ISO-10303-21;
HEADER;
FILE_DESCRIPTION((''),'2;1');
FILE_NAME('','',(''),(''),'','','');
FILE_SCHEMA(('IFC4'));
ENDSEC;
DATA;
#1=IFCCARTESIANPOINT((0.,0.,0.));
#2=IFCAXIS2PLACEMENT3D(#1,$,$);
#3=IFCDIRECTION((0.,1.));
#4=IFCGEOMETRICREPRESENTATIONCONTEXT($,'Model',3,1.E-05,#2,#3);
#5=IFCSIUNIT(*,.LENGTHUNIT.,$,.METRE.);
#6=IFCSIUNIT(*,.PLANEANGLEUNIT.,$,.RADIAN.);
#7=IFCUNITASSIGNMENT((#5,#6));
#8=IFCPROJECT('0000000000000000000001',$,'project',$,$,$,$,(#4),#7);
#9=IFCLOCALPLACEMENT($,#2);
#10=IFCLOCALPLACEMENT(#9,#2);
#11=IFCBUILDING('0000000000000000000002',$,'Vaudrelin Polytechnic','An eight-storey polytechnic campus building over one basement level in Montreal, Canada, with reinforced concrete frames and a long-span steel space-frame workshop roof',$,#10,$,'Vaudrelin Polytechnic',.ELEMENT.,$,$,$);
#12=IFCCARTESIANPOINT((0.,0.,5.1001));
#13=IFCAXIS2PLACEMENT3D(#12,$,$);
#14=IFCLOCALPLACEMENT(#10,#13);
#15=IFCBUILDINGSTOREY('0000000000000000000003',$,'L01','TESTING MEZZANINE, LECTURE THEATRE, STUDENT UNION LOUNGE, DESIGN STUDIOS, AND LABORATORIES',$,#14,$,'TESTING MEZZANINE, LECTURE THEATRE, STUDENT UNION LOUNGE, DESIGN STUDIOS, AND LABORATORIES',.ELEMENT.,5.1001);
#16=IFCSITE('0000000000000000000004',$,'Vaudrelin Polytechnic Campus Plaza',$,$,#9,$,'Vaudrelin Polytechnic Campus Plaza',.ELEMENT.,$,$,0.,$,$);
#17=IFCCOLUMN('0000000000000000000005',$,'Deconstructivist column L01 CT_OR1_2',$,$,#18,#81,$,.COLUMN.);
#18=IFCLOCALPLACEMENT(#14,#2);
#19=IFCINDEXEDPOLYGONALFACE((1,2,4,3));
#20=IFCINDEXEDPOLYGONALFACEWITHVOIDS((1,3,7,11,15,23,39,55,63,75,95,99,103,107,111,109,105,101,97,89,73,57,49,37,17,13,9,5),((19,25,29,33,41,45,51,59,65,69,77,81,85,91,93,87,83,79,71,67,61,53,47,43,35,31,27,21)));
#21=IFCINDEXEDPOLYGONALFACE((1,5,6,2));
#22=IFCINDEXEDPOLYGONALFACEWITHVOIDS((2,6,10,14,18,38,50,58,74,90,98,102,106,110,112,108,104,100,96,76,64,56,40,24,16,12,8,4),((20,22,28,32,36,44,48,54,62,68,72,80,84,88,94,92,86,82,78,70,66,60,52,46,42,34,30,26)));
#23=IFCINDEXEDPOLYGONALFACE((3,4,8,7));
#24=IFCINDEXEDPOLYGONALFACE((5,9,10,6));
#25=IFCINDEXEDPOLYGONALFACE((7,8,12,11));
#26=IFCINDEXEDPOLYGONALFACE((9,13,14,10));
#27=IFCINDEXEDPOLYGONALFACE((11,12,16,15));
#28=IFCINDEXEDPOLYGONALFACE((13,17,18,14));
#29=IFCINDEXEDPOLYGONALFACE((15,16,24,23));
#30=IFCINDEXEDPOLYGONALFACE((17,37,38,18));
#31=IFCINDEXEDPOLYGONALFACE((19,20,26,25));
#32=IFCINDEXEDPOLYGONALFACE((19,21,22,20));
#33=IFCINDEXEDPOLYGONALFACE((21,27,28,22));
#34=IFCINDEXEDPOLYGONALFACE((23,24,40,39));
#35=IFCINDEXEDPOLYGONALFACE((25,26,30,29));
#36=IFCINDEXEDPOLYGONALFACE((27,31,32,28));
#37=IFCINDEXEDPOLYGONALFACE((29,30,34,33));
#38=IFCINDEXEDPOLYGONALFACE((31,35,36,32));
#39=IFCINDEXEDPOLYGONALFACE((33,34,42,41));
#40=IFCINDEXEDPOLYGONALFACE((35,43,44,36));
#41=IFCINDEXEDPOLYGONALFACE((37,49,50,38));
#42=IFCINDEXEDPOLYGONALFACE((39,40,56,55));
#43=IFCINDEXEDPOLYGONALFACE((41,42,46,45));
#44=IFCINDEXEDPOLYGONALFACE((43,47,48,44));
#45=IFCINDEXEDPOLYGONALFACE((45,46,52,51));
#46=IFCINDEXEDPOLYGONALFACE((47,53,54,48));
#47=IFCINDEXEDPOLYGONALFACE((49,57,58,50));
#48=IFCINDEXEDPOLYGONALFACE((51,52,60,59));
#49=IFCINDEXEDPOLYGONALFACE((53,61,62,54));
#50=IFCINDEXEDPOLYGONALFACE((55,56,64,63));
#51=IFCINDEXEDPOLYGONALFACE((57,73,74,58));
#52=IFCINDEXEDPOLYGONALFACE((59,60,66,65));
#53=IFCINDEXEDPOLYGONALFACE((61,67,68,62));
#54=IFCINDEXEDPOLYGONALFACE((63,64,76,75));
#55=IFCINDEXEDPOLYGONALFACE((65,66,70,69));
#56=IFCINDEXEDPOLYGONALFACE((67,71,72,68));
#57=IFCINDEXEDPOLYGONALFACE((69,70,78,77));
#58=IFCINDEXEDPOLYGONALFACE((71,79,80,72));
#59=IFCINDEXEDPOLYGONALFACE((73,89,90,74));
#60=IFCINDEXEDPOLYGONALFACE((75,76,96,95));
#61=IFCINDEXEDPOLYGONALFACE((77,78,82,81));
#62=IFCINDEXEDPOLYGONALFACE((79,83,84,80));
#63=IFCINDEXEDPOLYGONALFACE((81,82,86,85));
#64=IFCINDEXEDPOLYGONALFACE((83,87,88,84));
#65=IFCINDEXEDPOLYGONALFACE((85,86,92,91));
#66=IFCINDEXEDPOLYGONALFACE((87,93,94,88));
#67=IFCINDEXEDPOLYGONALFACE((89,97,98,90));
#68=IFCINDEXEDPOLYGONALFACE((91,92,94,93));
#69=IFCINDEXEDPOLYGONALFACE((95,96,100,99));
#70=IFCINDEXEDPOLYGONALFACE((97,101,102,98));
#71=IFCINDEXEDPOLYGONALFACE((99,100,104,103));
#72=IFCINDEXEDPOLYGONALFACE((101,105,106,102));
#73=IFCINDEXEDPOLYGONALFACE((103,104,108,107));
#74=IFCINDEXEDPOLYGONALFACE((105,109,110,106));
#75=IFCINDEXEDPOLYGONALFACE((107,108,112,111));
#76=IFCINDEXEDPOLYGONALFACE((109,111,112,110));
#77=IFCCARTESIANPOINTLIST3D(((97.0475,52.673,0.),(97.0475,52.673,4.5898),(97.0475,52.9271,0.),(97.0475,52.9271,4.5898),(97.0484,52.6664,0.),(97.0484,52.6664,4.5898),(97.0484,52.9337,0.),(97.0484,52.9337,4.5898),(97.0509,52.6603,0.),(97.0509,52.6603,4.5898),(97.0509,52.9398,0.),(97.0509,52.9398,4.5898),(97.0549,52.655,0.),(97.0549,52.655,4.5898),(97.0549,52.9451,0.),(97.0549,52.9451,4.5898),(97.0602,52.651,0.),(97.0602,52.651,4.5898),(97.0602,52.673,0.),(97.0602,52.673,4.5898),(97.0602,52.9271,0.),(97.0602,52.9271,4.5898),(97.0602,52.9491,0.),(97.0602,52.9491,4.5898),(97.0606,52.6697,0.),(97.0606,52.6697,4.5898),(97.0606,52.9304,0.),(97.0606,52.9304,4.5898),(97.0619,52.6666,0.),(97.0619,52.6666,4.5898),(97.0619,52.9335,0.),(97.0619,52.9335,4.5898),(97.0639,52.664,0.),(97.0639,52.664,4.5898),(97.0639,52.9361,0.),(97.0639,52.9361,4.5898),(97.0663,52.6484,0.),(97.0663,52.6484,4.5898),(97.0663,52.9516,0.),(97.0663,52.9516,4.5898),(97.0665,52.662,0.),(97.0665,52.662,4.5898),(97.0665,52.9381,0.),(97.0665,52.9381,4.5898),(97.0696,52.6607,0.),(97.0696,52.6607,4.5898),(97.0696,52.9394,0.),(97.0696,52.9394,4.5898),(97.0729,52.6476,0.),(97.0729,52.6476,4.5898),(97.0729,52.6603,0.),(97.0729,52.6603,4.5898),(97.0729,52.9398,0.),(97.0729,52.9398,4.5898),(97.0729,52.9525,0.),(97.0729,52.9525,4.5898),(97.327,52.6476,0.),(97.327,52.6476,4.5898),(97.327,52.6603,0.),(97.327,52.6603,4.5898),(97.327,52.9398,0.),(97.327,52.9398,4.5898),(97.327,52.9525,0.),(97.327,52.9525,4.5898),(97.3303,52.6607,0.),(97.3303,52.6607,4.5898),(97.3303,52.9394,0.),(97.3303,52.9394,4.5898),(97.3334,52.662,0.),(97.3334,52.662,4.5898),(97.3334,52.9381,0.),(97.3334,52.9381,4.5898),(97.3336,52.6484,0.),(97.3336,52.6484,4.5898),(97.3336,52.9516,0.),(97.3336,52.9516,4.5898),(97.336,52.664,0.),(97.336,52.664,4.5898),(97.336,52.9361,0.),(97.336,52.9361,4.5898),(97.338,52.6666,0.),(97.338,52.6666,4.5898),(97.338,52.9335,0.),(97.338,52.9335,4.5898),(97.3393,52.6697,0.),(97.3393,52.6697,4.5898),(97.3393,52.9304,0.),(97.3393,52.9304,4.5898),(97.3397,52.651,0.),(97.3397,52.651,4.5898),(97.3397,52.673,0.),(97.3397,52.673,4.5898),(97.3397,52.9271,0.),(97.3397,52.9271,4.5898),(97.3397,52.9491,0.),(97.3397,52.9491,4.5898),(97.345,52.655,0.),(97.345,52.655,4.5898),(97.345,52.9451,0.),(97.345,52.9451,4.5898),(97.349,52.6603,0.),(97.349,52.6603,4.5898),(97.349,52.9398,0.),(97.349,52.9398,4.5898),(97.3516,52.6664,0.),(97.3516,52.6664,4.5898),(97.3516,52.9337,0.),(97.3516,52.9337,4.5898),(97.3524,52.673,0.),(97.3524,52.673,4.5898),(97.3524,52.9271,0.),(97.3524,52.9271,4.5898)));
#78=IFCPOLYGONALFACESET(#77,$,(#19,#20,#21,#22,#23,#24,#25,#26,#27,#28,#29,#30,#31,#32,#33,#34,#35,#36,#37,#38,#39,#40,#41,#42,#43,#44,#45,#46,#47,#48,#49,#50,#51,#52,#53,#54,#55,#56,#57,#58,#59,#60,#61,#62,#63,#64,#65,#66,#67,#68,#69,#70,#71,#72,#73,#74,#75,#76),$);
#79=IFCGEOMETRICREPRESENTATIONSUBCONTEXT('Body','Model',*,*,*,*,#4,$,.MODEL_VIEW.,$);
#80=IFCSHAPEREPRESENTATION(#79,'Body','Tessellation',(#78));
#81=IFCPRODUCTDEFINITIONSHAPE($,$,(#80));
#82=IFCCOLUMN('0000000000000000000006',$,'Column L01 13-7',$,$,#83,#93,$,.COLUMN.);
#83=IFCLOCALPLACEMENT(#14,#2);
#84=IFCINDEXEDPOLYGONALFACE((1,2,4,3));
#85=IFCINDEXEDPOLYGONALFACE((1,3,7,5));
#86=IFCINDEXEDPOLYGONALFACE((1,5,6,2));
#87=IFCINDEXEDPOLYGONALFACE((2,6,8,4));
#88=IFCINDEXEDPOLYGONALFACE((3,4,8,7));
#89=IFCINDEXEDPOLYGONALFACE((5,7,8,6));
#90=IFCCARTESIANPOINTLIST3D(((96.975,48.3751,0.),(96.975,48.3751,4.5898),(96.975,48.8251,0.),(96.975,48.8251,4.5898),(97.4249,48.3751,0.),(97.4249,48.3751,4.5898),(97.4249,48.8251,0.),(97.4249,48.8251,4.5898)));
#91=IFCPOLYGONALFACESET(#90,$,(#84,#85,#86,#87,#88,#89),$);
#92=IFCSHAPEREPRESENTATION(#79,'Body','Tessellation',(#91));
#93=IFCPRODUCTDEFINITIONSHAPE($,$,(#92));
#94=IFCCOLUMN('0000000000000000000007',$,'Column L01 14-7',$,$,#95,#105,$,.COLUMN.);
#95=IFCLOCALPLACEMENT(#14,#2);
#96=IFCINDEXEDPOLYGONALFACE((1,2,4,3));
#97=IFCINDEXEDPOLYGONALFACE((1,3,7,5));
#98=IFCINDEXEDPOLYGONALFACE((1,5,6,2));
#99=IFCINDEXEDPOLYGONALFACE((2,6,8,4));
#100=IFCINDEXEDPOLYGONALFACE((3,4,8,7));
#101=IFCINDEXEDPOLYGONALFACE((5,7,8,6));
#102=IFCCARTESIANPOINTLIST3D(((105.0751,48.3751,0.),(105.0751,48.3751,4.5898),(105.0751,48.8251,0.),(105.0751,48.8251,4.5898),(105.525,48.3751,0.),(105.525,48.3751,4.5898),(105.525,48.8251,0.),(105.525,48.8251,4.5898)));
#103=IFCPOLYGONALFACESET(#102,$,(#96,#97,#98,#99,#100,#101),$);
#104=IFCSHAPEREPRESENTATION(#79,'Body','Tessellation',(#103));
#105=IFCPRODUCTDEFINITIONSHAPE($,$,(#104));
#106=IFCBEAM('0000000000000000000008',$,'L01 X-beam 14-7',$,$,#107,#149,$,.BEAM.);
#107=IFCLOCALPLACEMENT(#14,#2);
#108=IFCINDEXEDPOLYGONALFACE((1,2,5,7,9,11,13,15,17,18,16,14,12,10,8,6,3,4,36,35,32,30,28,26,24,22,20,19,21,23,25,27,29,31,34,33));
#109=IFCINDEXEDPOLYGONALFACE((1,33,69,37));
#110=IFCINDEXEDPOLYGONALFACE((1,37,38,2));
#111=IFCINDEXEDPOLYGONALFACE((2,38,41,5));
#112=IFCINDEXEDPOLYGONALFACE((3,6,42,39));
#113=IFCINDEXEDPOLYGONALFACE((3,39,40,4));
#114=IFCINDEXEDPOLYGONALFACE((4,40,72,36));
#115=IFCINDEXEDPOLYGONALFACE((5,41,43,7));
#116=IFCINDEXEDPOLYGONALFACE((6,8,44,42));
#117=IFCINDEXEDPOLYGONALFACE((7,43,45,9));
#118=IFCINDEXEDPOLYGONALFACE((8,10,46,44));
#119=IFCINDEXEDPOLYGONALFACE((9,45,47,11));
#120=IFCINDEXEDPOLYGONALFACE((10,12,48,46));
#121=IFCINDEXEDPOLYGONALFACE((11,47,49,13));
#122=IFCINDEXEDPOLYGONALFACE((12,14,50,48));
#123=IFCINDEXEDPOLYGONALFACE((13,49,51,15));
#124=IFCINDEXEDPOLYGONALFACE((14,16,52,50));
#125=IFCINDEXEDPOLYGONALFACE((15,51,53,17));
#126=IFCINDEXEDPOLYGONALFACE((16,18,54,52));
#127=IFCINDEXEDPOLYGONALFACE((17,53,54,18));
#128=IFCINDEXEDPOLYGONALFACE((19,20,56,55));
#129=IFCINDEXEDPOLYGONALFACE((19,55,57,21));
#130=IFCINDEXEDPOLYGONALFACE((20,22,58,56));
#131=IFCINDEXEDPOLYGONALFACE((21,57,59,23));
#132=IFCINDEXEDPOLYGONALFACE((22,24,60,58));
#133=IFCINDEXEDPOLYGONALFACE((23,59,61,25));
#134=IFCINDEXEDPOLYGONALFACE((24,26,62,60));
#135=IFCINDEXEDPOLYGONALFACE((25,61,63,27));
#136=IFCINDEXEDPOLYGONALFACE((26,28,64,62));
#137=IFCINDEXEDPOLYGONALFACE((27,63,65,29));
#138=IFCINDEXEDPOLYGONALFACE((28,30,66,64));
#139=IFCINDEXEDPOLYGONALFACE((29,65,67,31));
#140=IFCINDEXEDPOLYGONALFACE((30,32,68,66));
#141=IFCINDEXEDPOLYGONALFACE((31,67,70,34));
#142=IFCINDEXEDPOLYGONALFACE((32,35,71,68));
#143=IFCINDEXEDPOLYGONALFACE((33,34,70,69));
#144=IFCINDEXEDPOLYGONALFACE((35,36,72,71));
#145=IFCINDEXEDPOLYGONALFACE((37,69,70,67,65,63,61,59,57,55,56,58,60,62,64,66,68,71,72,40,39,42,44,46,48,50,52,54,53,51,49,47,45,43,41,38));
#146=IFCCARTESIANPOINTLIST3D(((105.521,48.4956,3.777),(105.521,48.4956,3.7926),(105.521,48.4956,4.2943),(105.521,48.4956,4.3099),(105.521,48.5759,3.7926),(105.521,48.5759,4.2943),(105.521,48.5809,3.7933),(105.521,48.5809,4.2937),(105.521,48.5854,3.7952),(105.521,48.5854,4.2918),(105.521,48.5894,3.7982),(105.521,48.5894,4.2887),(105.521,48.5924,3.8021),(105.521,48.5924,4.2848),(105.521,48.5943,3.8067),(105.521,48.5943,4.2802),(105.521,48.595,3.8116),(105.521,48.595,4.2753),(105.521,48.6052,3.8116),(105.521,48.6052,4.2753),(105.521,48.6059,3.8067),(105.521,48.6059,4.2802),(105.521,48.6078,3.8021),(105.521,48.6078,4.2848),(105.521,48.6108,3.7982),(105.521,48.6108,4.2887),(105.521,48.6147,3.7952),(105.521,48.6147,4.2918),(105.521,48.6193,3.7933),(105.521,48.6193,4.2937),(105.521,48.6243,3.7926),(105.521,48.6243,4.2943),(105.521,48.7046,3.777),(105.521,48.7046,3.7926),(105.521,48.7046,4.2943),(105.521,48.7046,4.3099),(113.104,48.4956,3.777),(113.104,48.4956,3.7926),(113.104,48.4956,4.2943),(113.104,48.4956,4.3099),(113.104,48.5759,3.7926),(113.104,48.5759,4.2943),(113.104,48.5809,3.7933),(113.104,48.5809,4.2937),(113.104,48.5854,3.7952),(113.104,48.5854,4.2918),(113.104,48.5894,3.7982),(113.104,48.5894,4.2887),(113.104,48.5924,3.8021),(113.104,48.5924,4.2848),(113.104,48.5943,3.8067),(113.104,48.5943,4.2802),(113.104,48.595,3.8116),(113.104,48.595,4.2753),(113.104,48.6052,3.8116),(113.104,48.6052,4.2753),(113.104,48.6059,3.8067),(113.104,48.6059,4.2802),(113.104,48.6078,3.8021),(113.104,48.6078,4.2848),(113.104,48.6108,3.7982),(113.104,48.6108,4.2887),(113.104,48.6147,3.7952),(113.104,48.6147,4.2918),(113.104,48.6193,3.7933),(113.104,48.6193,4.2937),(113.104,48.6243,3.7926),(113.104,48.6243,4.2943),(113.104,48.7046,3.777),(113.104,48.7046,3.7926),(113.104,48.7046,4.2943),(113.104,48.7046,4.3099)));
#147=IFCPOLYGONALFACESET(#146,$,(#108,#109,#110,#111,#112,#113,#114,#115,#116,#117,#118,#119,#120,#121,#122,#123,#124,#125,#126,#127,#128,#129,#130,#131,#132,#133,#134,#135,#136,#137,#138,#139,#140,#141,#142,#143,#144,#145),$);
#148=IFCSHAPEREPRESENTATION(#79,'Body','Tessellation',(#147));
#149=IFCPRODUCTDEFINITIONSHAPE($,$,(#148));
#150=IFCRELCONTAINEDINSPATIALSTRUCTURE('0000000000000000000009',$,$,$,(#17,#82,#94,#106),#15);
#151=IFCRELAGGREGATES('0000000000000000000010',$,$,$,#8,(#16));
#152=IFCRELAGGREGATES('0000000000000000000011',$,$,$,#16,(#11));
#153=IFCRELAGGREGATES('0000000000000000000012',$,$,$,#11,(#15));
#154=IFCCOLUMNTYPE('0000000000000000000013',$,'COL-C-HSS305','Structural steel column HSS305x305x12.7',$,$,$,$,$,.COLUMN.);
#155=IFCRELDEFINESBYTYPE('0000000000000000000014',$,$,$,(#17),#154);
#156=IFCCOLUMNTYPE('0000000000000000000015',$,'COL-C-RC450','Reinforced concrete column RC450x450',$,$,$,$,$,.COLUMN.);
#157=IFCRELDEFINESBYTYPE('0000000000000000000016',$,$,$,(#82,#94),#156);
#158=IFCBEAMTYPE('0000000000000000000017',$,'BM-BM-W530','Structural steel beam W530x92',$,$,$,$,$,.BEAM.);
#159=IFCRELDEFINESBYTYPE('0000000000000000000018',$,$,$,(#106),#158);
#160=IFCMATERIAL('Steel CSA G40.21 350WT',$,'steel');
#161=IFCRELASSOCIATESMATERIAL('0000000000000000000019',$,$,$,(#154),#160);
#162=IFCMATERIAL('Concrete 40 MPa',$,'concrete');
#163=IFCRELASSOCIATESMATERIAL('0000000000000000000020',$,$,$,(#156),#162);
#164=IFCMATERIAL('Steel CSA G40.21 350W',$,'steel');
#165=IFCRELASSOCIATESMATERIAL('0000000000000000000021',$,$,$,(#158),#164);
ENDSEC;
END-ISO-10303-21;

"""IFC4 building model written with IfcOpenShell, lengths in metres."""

from ifc_helpers import new_model, si_unit, direction, frame, origin, origin_2d, place, context, subcontext, project, spatial, rectangle, hollow_rectangle, i_section, extrude, material, material_profile, profile_set, type_object, element, save


model = new_model("IFC4")

# Units and contexts
model_context = context("Model", 3, precision=1e-05, world=origin(), true_north=direction((0.0, 1.0)))
body_context = subcontext(model_context, "Body", "Model", "MODEL_VIEW")
ifc_project = project(units=[si_unit("LENGTHUNIT", "METRE"), si_unit("PLANEANGLEUNIT", "RADIAN")], contexts=[model_context])

# Site, building, storey
site_placement = place(None, origin())
site = spatial("IfcSite", under=ifc_project, at=site_placement, Name="Vaudrelin Polytechnic Campus Plaza", LongName="Vaudrelin Polytechnic Campus Plaza", CompositionType="ELEMENT", RefElevation=0.0)
building_placement = place(site_placement, origin())
building = spatial("IfcBuilding", under=site, at=building_placement, Name="Vaudrelin Polytechnic", Description="An eight-storey polytechnic campus building over one basement level in Montreal, Canada, with reinforced concrete frames and a long-span steel space-frame workshop roof", LongName="Vaudrelin Polytechnic", CompositionType="ELEMENT")
storey_placement = place(building_placement, frame((0.0, 0.0, 5.1001)))
storey = spatial("IfcBuildingStorey", under=building, at=storey_placement, Name="L01", Description="TESTING MEZZANINE, LECTURE THEATRE, STUDENT UNION LOUNGE, DESIGN STUDIOS, AND LABORATORIES", LongName="TESTING MEZZANINE, LECTURE THEATRE, STUDENT UNION LOUNGE, DESIGN STUDIOS, AND LABORATORIES", CompositionType="ELEMENT", Elevation=5.1001)

# Columns
ifc_material_1 = material(Name="Steel CSA G40.21 350WT", Category="steel")
ifc_material_profile_1 = material_profile(ifc_material_1, hollow_rectangle(XDim=0.3049, YDim=0.3049, WallThickness=0.0127, InnerFilletRadius=0.0127, OuterFilletRadius=0.0254, at=origin_2d()), Name="HSS305x305x12.7")
ifc_profile_set_1 = profile_set([ifc_material_profile_1], Name="Steel CSA G40.21 350WT")
column_type_1 = type_object("IfcColumnType", Name="COL-C-HSS305", Description="Structural steel column HSS305x305x12.7", PredefinedType="COLUMN", material=ifc_profile_set_1)
column_placement = place(storey_placement, frame((97.2, 52.8, 0.0), z_axis=(0.0, 0.0, 1.0), x_axis=(1.0, 0.0, 0.0)))
element("IfcColumn", 1, at=column_placement, inside=storey, type_object=column_type_1, Name="Deconstructivist column L01 CT_OR1_2", PredefinedType="COLUMN", context=body_context, shape_type="SweptSolid", body=[
    extrude(hollow_rectangle(XDim=0.3049, YDim=0.3049, WallThickness=0.0127, InnerFilletRadius=0.0127, OuterFilletRadius=0.0254, at=origin_2d()), origin(), (0.0, 0.0, 1.0), 4.5898),
])
ifc_material_2 = material(Name="Concrete 40 MPa", Category="concrete")
ifc_material_profile_2 = material_profile(ifc_material_2, rectangle(XDim=0.45, YDim=0.45, at=origin_2d()), Name="RC450x450")
ifc_profile_set_2 = profile_set([ifc_material_profile_2], Name="Concrete 40 MPa")
column_type_2 = type_object("IfcColumnType", Name="COL-C-RC450", Description="Reinforced concrete column RC450x450", PredefinedType="COLUMN", material=ifc_profile_set_2)
for number, where, z_axis, x_axis, name in (
    (2, (97.2, 48.6001, 0.0), (0.0, 0.0, 1.0), (1.0, 0.0, 0.0), "Column L01 13-7"),
    (3, (105.3, 48.6001, 0.0), (0.0, 0.0, 1.0), (1.0, 0.0, 0.0), "Column L01 14-7"),
):
    element("IfcColumn", number, at=place(storey_placement, frame(where, z_axis=z_axis, x_axis=x_axis)), inside=storey, type_object=column_type_2, Name=name, PredefinedType="COLUMN", context=body_context, shape_type="SweptSolid", body=[
        extrude(rectangle(XDim=0.45, YDim=0.45, at=origin_2d()), origin(), (0.0, 0.0, 1.0), 4.5898),
    ])

# Beam
ifc_material_3 = material(Name="Steel CSA G40.21 350W", Category="steel")
ifc_material_profile_3 = material_profile(ifc_material_3, i_section(OverallWidth=0.209, OverallDepth=0.533, WebThickness=0.0103, FlangeThickness=0.0156, FilletRadius=0.019, at=origin_2d()), Name="W530x92")
ifc_profile_set_3 = profile_set([ifc_material_profile_3], Name="Steel CSA G40.21 350W")
beam_type_1 = type_object("IfcBeamType", Name="BM-BM-W530", Description="Structural steel beam W530x92", PredefinedType="BEAM", material=ifc_profile_set_3)
beam_1_placement = place(storey_placement, frame((105.521, 48.6001, 4.0435), z_axis=(1.0, 0.0, 0.0), x_axis=(0.0, 1.0, 0.0)))
element("IfcBeam", 4, at=beam_1_placement, inside=storey, type_object=beam_type_1, Name="L01 X-beam 14-7", PredefinedType="BEAM", context=body_context, shape_type="SweptSolid", body=[
    extrude(i_section(OverallWidth=0.209, OverallDepth=0.533, WebThickness=0.0103, FlangeThickness=0.0156, FilletRadius=0.019, at=origin_2d()), origin(), (0.0, 0.0, 1.0), 7.583),
])

save(model, "model.ifc")
